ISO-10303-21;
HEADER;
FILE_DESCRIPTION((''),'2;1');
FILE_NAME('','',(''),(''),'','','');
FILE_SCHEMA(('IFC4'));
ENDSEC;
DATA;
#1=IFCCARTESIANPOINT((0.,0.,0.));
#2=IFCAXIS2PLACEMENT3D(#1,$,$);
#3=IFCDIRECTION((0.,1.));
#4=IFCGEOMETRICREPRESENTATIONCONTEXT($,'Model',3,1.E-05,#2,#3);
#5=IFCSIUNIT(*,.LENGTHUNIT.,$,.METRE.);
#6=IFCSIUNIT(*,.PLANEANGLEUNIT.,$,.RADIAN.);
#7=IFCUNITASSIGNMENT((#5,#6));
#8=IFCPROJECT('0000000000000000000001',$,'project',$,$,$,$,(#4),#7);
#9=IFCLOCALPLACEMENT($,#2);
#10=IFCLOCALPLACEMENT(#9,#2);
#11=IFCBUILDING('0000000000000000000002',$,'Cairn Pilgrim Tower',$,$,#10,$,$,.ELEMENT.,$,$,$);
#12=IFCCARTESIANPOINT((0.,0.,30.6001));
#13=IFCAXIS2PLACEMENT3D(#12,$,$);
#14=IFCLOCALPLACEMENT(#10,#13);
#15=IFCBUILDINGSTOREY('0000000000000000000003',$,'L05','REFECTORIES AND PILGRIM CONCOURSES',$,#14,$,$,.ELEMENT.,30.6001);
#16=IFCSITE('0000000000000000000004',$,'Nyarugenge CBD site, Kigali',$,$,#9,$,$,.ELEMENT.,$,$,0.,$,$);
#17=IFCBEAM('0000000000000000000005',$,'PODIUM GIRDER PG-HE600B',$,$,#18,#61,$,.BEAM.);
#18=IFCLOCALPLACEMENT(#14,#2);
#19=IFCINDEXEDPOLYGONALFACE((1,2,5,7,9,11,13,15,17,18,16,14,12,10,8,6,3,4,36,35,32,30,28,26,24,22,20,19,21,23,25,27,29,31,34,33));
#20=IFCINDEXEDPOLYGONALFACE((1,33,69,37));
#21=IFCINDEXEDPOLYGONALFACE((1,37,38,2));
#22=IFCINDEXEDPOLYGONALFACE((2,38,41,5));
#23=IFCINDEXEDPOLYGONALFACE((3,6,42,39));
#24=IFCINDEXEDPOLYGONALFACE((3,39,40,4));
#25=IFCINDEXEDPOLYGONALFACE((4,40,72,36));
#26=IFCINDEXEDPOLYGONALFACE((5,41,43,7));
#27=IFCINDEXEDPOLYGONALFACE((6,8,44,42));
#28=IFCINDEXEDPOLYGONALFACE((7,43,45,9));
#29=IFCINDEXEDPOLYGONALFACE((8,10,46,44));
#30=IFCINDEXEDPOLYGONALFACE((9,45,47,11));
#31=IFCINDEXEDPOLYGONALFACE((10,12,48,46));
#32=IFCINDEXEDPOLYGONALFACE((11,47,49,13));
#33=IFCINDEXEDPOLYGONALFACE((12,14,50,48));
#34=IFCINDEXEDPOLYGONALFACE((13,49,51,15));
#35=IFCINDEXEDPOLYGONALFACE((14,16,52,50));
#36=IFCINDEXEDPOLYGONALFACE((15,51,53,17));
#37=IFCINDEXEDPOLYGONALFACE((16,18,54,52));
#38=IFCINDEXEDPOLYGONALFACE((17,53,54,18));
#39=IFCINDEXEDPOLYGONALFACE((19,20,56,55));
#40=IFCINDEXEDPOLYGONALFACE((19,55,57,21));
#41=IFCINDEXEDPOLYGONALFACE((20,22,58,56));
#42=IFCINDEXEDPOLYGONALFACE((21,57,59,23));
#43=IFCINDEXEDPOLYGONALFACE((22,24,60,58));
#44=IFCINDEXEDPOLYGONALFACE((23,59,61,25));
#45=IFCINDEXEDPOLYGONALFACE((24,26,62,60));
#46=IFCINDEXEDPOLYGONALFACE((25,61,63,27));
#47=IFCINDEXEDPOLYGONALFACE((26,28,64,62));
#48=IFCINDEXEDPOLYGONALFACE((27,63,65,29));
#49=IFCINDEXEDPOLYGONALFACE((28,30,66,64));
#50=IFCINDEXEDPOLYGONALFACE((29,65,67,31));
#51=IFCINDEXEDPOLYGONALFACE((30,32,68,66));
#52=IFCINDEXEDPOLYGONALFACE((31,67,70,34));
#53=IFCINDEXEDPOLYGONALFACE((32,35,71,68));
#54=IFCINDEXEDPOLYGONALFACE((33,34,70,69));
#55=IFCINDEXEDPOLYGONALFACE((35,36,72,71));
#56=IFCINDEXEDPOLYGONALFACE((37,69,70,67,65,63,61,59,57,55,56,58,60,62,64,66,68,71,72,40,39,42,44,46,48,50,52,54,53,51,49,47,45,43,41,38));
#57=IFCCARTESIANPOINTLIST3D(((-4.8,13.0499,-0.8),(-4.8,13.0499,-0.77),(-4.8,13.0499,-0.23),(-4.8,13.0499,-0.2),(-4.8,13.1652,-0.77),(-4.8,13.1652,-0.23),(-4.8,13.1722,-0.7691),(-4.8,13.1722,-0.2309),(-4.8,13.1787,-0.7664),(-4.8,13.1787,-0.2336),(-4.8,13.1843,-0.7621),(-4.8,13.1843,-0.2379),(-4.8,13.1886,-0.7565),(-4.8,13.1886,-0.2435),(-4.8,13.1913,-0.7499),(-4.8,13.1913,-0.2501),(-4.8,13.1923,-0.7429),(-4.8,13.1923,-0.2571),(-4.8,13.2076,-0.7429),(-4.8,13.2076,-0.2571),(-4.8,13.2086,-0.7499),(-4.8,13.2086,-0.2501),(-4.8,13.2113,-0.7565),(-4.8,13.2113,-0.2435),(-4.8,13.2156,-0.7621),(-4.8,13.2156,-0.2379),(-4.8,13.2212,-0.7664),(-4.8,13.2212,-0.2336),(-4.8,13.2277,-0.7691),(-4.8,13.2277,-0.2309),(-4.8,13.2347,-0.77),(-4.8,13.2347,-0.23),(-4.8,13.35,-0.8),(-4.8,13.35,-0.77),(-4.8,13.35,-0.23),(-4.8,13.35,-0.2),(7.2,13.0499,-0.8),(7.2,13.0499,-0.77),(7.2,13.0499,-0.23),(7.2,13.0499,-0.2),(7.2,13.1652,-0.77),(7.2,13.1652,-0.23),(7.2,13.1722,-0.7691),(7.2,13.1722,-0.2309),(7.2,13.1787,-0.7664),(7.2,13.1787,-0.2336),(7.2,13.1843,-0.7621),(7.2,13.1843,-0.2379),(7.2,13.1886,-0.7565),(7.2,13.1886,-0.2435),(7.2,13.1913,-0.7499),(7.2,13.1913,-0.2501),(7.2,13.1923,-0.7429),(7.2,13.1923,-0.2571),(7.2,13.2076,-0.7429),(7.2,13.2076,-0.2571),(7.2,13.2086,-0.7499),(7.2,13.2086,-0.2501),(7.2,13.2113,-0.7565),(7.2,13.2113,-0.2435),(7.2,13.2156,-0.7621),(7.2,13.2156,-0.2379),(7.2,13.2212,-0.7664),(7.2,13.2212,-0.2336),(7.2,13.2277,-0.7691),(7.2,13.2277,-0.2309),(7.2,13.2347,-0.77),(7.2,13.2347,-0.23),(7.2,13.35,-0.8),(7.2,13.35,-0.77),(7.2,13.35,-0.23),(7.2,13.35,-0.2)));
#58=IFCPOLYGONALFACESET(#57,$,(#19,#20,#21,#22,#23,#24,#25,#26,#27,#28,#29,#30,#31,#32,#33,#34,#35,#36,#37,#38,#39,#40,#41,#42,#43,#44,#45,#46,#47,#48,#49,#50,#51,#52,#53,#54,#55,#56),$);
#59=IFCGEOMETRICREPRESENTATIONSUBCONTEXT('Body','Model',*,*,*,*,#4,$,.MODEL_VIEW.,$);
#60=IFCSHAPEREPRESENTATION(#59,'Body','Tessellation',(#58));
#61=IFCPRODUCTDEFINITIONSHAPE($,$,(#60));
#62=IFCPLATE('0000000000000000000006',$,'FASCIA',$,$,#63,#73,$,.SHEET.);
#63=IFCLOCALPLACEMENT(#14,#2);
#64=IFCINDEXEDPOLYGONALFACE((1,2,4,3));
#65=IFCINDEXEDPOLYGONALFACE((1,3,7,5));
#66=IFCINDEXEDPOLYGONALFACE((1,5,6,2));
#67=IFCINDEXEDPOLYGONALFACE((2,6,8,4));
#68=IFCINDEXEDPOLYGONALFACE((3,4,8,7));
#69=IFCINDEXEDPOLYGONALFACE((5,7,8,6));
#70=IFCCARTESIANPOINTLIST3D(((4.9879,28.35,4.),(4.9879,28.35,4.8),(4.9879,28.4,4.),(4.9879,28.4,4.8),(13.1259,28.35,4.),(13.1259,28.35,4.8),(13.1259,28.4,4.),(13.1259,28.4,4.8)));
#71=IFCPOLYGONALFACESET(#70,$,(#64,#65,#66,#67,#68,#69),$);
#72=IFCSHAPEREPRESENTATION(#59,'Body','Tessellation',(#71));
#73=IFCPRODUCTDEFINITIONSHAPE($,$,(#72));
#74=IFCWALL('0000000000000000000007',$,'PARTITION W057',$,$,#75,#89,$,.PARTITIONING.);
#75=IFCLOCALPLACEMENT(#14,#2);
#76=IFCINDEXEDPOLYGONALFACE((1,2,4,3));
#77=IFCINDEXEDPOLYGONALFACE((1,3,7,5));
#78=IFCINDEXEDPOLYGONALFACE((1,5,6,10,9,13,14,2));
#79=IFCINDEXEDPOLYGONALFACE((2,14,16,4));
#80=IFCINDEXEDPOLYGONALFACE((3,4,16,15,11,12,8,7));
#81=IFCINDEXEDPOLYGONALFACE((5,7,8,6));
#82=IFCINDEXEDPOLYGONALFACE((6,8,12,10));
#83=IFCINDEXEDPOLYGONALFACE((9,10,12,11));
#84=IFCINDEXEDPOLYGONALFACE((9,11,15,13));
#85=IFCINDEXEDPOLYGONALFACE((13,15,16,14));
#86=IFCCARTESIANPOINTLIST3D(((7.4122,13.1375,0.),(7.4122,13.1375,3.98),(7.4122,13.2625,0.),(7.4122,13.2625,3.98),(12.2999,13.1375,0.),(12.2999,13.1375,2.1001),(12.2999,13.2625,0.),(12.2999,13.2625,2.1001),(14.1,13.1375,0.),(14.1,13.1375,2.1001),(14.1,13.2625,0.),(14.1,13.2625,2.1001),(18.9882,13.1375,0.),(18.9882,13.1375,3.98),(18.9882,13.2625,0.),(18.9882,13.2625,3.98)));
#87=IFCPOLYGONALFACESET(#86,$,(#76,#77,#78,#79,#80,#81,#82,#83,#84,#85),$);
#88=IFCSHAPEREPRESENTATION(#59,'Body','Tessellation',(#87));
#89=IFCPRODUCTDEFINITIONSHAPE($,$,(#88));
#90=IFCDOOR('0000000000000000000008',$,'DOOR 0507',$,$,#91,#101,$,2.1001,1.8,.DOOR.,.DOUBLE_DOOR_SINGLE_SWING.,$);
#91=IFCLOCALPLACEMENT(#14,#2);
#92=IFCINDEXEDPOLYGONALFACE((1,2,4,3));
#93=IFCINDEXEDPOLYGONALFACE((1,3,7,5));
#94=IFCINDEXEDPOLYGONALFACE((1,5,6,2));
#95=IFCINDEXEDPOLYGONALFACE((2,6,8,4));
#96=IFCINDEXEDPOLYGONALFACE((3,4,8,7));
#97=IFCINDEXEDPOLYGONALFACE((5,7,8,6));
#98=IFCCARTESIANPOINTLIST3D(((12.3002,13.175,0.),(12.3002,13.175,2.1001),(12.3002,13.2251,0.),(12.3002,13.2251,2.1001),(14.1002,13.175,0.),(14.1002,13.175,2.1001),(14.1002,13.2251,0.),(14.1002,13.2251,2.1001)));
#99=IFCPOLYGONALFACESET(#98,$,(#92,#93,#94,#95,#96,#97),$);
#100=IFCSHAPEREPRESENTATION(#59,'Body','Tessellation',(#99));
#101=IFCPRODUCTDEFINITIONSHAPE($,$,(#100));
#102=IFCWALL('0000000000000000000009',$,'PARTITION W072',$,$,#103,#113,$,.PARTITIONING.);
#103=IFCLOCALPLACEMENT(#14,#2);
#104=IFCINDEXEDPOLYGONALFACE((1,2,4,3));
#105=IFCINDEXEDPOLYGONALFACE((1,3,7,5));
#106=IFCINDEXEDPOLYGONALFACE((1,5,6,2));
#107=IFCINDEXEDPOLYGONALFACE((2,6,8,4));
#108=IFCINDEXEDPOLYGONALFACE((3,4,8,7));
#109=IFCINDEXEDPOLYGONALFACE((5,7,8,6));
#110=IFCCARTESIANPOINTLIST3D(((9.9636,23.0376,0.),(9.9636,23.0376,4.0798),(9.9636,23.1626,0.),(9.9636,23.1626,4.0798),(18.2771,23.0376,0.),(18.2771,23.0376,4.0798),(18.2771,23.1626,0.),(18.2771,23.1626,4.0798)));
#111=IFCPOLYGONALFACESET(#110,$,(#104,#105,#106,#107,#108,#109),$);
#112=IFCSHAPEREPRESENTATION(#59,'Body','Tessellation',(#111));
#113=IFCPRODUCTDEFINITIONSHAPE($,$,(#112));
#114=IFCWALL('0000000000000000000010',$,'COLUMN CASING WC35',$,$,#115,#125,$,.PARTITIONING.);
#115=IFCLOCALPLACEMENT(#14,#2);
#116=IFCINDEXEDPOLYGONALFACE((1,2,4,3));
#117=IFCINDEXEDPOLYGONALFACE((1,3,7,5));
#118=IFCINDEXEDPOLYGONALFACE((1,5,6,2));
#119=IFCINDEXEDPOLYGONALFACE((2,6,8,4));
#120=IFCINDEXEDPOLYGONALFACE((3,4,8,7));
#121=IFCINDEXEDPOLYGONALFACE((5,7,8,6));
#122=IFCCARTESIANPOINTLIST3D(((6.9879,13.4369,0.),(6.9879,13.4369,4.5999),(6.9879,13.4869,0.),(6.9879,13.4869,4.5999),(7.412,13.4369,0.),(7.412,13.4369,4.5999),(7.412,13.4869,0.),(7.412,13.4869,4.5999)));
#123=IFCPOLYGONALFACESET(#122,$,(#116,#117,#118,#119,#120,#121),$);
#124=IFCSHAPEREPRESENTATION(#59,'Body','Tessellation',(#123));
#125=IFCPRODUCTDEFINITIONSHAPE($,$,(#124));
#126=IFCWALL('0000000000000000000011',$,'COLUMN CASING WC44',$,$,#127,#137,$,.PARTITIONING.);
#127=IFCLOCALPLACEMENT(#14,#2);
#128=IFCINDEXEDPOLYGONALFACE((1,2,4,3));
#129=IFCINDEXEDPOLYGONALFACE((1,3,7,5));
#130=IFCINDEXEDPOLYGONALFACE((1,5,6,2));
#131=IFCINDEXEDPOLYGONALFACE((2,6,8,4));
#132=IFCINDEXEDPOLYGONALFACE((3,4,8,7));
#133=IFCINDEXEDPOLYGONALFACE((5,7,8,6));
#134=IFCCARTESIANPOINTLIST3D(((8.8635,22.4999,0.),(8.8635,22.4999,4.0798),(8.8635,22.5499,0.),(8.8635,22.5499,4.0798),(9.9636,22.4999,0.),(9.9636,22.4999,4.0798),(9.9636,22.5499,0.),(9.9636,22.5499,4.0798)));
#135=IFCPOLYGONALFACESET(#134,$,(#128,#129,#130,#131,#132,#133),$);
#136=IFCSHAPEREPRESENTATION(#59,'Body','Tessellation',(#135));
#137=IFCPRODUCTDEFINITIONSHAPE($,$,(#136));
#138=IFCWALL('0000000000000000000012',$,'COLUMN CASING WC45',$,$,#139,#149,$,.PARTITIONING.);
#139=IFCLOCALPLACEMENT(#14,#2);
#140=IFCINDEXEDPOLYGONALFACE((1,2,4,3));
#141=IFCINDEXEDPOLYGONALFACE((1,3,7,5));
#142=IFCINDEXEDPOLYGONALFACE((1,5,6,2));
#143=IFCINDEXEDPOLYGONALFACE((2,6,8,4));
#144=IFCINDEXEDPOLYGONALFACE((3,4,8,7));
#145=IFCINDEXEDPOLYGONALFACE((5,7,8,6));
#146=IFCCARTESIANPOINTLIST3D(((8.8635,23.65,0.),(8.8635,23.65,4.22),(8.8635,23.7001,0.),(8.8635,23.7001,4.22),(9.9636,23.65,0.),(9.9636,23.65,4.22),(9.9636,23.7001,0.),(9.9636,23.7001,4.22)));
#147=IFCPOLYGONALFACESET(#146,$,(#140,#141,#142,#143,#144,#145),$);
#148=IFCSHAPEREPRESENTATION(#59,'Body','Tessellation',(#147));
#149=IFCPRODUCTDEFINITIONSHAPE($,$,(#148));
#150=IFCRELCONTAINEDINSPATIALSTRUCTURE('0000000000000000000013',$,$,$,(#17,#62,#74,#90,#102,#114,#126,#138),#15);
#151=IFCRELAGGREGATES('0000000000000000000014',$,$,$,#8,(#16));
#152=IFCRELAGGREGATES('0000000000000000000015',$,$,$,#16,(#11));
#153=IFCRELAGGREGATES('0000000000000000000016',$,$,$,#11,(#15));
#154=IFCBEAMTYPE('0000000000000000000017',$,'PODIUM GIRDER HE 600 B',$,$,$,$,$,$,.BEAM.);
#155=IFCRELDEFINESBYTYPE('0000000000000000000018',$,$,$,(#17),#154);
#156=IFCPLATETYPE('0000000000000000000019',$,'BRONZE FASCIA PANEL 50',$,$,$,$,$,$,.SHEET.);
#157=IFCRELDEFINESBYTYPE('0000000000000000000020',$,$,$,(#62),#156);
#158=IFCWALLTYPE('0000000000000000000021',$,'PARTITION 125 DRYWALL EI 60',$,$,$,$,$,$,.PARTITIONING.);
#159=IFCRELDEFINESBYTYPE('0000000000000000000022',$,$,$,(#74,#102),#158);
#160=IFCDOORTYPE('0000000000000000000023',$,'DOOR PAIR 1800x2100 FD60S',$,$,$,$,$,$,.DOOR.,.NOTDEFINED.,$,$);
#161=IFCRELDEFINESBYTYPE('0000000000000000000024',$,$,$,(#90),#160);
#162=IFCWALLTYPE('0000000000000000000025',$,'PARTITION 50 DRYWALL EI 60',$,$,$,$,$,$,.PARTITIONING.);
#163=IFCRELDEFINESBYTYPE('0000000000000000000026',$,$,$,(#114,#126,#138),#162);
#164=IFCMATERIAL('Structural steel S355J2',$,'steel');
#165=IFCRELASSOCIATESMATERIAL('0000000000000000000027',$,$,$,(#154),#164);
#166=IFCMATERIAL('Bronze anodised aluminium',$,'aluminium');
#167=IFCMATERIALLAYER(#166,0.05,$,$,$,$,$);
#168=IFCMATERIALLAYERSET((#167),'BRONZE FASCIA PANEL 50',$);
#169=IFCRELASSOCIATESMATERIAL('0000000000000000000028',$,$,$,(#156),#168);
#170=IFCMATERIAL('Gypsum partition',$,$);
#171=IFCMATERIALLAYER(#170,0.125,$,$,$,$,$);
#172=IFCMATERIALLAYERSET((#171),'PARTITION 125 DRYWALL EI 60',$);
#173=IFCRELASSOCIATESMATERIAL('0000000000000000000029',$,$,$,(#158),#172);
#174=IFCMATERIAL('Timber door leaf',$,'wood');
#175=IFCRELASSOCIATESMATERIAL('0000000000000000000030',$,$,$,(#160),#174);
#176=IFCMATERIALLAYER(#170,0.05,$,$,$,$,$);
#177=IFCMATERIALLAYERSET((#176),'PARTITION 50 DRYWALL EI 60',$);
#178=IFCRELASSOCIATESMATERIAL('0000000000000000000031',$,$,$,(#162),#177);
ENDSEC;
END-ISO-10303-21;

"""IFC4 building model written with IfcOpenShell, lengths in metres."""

from ifc_helpers import new_model, si_unit, direction, frame, frame_2d, origin, origin_2d, place, context, subcontext, project, spatial, rectangle, i_section, extrude, material, layer, layer_set, material_profile, profile_set, type_object, element, fill, save


model = new_model("IFC4")

# Units and contexts
model_context = context("Model", 3, precision=1e-05, world=origin(), true_north=direction((0.0, 1.0)))
body_context = subcontext(model_context, "Body", "Model", "MODEL_VIEW")
ifc_project = project(units=[si_unit("LENGTHUNIT", "METRE"), si_unit("PLANEANGLEUNIT", "RADIAN")], contexts=[model_context])

# Site, building, storey
site_placement = place(None, origin())
site = spatial("IfcSite", under=ifc_project, at=site_placement, Name="Nyarugenge CBD site, Kigali", CompositionType="ELEMENT", RefElevation=0.0)
building_placement = place(site_placement, origin())
building = spatial("IfcBuilding", under=site, at=building_placement, Name="Cairn Pilgrim Tower", CompositionType="ELEMENT")
storey_placement = place(building_placement, frame((0.0, 0.0, 30.6001)))
storey = spatial("IfcBuildingStorey", under=building, at=storey_placement, Name="L05", Description="REFECTORIES AND PILGRIM CONCOURSES", CompositionType="ELEMENT", Elevation=30.6001)

# Beam
ifc_material_1 = material(Name="Structural steel S355J2", Category="steel")
ifc_material_profile_1 = material_profile(ifc_material_1, i_section(OverallWidth=0.3, OverallDepth=0.6001, WebThickness=0.0154, FlangeThickness=0.03, FilletRadius=0.0271, at=origin_2d()), Name="HEB 600")
ifc_profile_set_1 = profile_set([ifc_material_profile_1], Name="Structural steel S355J2")
beam_type_1 = type_object("IfcBeamType", Name="PODIUM GIRDER HE 600 B", PredefinedType="BEAM", material=ifc_profile_set_1)
beam_1_placement = place(storey_placement, frame((7.2, 13.2, -0.5), z_axis=(-1.0, 0.0, 0.0), x_axis=(0.0, -1.0, 0.0)))
element("IfcBeam", 1, at=beam_1_placement, inside=storey, type_object=beam_type_1, Name="PODIUM GIRDER PG-HE600B", PredefinedType="BEAM", context=body_context, shape_type="SweptSolid", body=[
    extrude(i_section(OverallWidth=0.3, OverallDepth=0.6001, WebThickness=0.0154, FlangeThickness=0.03, FilletRadius=0.0271, at=origin_2d()), origin(), (0.0, 0.0, 1.0), 12.0),
])

# Plate
ifc_material_2 = material(Name="Bronze anodised aluminium", Category="aluminium")
ifc_layer_1 = layer(ifc_material_2, 0.05)
ifc_layer_set_1 = layer_set([ifc_layer_1], Name="BRONZE FASCIA PANEL 50")
plate_type = type_object("IfcPlateType", Name="BRONZE FASCIA PANEL 50", PredefinedType="SHEET", material=ifc_layer_set_1)
plate_placement = place(storey_placement, frame((9.0569, 28.375, 4.0), z_axis=(0.0, 0.0, 1.0), x_axis=(-1.0, 0.0, 0.0)))
element("IfcPlate", 2, at=plate_placement, inside=storey, type_object=plate_type, Name="FASCIA", PredefinedType="SHEET", context=body_context, shape_type="SweptSolid", body=[
    extrude(rectangle(XDim=8.1379, YDim=0.05, at=origin_2d()), origin(), (0.0, 0.0, 1.0), 0.8),
])

# Wall, opening, door
ifc_material_3 = material(Name="Gypsum partition")
ifc_layer_2 = layer(ifc_material_3, 0.125)
ifc_layer_set_2 = layer_set([ifc_layer_2], Name="PARTITION 125 DRYWALL EI 60")
wall_type_1 = type_object("IfcWallType", Name="PARTITION 125 DRYWALL EI 60", PredefinedType="PARTITIONING", material=ifc_layer_set_2)
wall_1_placement = place(storey_placement, frame((7.4121, 13.2, 0.0), z_axis=(0.0, 0.0, 1.0), x_axis=(1.0, 0.0, 0.0)))
wall_1 = element("IfcWall", 3, at=wall_1_placement, inside=storey, type_object=wall_type_1, Name="PARTITION W057", PredefinedType="PARTITIONING", context=body_context, shape_type="SweptSolid", body=[
    extrude(rectangle(XDim=11.5759, YDim=0.125, at=frame_2d((5.7881, 0.0))), origin(), (0.0, 0.0, 1.0), 3.98),
])
opening_1_placement = place(wall_1_placement, frame((4.8879, 0.0, 0.0)))
opening_1 = element("IfcOpeningElement", 4, at=opening_1_placement, cuts=wall_1, PredefinedType="OPENING", context=body_context, shape_type="SweptSolid", body=[
    extrude(rectangle(XDim=1.8, YDim=2.1001, at=frame_2d((0.8999, 1.05))), frame((0.0, 0.0725, 0.0), z_axis=(0.0, -1.0, 0.0), x_axis=(1.0, 0.0, 0.0)), (0.0, 0.0, 1.0), 0.145),
])
ifc_material_4 = material(Name="Timber door leaf", Category="wood")
door_type = type_object("IfcDoorType", Name="DOOR PAIR 1800x2100 FD60S", OperationType="NOTDEFINED", PredefinedType="DOOR", material=ifc_material_4)
door_placement = place(opening_1_placement, frame((1.8, 0.0, 0.0), z_axis=(0.0, 0.0, 1.0), x_axis=(-1.0, 0.0, 0.0)))
door = element("IfcDoor", 5, at=door_placement, inside=storey, type_object=door_type, Name="DOOR 0507", OperationType="DOUBLE_DOOR_SINGLE_SWING", OverallHeight=2.1001, OverallWidth=1.8, PredefinedType="DOOR", context=body_context, shape_type="SweptSolid", body=[
    extrude(rectangle(XDim=1.8, YDim=2.1001, at=frame_2d((0.8999, 1.05))), frame((0.0, 0.0249, 0.0), z_axis=(0.0, -1.0, 0.0), x_axis=(1.0, 0.0, 0.0)), (0.0, 0.0, 1.0), 0.05),
])
fill(opening_1, door)

# Walls
wall_2_placement = place(storey_placement, frame((9.9636, 23.1001, 0.0), z_axis=(0.0, 0.0, 1.0), x_axis=(1.0, 0.0, 0.0)))
element("IfcWall", 6, at=wall_2_placement, inside=storey, type_object=wall_type_1, Name="PARTITION W072", PredefinedType="PARTITIONING", context=body_context, shape_type="SweptSolid", body=[
    extrude(rectangle(XDim=8.3135, YDim=0.125, at=frame_2d((4.1567, 0.0))), origin(), (0.0, 0.0, 1.0), 4.0798),
])
ifc_layer_3 = layer(ifc_material_3, 0.05)
ifc_layer_set_3 = layer_set([ifc_layer_3], Name="PARTITION 50 DRYWALL EI 60")
wall_type_2 = type_object("IfcWallType", Name="PARTITION 50 DRYWALL EI 60", PredefinedType="PARTITIONING", material=ifc_layer_set_3)
wall_3_placement = place(storey_placement, frame((6.988, 13.4619, 0.0), z_axis=(0.0, 0.0, 1.0), x_axis=(1.0, 0.0, 0.0)))
element("IfcWall", 7, at=wall_3_placement, inside=storey, type_object=wall_type_2, Name="COLUMN CASING WC35", PredefinedType="PARTITIONING", context=body_context, shape_type="SweptSolid", body=[
    extrude(rectangle(XDim=0.4241, YDim=0.05, at=frame_2d((0.2119, 0.0))), origin(), (0.0, 0.0, 1.0), 4.5999),
])
wall_4_placement = place(storey_placement, frame((8.8635, 22.5249, 0.0), z_axis=(0.0, 0.0, 1.0), x_axis=(1.0, 0.0, 0.0)))
element("IfcWall", 8, at=wall_4_placement, inside=storey, type_object=wall_type_2, Name="COLUMN CASING WC44", PredefinedType="PARTITIONING", context=body_context, shape_type="SweptSolid", body=[
    extrude(rectangle(XDim=1.1001, YDim=0.05, at=frame_2d((0.55, 0.0))), origin(), (0.0, 0.0, 1.0), 4.0798),
])
wall_5_placement = place(storey_placement, frame((8.8635, 23.675, 0.0), z_axis=(0.0, 0.0, 1.0), x_axis=(1.0, 0.0, 0.0)))
element("IfcWall", 9, at=wall_5_placement, inside=storey, type_object=wall_type_2, Name="COLUMN CASING WC45", PredefinedType="PARTITIONING", context=body_context, shape_type="SweptSolid", body=[
    extrude(rectangle(XDim=1.1001, YDim=0.05, at=frame_2d((0.55, 0.0))), origin(), (0.0, 0.0, 1.0), 4.22),
])

save(model, "model.ifc")
